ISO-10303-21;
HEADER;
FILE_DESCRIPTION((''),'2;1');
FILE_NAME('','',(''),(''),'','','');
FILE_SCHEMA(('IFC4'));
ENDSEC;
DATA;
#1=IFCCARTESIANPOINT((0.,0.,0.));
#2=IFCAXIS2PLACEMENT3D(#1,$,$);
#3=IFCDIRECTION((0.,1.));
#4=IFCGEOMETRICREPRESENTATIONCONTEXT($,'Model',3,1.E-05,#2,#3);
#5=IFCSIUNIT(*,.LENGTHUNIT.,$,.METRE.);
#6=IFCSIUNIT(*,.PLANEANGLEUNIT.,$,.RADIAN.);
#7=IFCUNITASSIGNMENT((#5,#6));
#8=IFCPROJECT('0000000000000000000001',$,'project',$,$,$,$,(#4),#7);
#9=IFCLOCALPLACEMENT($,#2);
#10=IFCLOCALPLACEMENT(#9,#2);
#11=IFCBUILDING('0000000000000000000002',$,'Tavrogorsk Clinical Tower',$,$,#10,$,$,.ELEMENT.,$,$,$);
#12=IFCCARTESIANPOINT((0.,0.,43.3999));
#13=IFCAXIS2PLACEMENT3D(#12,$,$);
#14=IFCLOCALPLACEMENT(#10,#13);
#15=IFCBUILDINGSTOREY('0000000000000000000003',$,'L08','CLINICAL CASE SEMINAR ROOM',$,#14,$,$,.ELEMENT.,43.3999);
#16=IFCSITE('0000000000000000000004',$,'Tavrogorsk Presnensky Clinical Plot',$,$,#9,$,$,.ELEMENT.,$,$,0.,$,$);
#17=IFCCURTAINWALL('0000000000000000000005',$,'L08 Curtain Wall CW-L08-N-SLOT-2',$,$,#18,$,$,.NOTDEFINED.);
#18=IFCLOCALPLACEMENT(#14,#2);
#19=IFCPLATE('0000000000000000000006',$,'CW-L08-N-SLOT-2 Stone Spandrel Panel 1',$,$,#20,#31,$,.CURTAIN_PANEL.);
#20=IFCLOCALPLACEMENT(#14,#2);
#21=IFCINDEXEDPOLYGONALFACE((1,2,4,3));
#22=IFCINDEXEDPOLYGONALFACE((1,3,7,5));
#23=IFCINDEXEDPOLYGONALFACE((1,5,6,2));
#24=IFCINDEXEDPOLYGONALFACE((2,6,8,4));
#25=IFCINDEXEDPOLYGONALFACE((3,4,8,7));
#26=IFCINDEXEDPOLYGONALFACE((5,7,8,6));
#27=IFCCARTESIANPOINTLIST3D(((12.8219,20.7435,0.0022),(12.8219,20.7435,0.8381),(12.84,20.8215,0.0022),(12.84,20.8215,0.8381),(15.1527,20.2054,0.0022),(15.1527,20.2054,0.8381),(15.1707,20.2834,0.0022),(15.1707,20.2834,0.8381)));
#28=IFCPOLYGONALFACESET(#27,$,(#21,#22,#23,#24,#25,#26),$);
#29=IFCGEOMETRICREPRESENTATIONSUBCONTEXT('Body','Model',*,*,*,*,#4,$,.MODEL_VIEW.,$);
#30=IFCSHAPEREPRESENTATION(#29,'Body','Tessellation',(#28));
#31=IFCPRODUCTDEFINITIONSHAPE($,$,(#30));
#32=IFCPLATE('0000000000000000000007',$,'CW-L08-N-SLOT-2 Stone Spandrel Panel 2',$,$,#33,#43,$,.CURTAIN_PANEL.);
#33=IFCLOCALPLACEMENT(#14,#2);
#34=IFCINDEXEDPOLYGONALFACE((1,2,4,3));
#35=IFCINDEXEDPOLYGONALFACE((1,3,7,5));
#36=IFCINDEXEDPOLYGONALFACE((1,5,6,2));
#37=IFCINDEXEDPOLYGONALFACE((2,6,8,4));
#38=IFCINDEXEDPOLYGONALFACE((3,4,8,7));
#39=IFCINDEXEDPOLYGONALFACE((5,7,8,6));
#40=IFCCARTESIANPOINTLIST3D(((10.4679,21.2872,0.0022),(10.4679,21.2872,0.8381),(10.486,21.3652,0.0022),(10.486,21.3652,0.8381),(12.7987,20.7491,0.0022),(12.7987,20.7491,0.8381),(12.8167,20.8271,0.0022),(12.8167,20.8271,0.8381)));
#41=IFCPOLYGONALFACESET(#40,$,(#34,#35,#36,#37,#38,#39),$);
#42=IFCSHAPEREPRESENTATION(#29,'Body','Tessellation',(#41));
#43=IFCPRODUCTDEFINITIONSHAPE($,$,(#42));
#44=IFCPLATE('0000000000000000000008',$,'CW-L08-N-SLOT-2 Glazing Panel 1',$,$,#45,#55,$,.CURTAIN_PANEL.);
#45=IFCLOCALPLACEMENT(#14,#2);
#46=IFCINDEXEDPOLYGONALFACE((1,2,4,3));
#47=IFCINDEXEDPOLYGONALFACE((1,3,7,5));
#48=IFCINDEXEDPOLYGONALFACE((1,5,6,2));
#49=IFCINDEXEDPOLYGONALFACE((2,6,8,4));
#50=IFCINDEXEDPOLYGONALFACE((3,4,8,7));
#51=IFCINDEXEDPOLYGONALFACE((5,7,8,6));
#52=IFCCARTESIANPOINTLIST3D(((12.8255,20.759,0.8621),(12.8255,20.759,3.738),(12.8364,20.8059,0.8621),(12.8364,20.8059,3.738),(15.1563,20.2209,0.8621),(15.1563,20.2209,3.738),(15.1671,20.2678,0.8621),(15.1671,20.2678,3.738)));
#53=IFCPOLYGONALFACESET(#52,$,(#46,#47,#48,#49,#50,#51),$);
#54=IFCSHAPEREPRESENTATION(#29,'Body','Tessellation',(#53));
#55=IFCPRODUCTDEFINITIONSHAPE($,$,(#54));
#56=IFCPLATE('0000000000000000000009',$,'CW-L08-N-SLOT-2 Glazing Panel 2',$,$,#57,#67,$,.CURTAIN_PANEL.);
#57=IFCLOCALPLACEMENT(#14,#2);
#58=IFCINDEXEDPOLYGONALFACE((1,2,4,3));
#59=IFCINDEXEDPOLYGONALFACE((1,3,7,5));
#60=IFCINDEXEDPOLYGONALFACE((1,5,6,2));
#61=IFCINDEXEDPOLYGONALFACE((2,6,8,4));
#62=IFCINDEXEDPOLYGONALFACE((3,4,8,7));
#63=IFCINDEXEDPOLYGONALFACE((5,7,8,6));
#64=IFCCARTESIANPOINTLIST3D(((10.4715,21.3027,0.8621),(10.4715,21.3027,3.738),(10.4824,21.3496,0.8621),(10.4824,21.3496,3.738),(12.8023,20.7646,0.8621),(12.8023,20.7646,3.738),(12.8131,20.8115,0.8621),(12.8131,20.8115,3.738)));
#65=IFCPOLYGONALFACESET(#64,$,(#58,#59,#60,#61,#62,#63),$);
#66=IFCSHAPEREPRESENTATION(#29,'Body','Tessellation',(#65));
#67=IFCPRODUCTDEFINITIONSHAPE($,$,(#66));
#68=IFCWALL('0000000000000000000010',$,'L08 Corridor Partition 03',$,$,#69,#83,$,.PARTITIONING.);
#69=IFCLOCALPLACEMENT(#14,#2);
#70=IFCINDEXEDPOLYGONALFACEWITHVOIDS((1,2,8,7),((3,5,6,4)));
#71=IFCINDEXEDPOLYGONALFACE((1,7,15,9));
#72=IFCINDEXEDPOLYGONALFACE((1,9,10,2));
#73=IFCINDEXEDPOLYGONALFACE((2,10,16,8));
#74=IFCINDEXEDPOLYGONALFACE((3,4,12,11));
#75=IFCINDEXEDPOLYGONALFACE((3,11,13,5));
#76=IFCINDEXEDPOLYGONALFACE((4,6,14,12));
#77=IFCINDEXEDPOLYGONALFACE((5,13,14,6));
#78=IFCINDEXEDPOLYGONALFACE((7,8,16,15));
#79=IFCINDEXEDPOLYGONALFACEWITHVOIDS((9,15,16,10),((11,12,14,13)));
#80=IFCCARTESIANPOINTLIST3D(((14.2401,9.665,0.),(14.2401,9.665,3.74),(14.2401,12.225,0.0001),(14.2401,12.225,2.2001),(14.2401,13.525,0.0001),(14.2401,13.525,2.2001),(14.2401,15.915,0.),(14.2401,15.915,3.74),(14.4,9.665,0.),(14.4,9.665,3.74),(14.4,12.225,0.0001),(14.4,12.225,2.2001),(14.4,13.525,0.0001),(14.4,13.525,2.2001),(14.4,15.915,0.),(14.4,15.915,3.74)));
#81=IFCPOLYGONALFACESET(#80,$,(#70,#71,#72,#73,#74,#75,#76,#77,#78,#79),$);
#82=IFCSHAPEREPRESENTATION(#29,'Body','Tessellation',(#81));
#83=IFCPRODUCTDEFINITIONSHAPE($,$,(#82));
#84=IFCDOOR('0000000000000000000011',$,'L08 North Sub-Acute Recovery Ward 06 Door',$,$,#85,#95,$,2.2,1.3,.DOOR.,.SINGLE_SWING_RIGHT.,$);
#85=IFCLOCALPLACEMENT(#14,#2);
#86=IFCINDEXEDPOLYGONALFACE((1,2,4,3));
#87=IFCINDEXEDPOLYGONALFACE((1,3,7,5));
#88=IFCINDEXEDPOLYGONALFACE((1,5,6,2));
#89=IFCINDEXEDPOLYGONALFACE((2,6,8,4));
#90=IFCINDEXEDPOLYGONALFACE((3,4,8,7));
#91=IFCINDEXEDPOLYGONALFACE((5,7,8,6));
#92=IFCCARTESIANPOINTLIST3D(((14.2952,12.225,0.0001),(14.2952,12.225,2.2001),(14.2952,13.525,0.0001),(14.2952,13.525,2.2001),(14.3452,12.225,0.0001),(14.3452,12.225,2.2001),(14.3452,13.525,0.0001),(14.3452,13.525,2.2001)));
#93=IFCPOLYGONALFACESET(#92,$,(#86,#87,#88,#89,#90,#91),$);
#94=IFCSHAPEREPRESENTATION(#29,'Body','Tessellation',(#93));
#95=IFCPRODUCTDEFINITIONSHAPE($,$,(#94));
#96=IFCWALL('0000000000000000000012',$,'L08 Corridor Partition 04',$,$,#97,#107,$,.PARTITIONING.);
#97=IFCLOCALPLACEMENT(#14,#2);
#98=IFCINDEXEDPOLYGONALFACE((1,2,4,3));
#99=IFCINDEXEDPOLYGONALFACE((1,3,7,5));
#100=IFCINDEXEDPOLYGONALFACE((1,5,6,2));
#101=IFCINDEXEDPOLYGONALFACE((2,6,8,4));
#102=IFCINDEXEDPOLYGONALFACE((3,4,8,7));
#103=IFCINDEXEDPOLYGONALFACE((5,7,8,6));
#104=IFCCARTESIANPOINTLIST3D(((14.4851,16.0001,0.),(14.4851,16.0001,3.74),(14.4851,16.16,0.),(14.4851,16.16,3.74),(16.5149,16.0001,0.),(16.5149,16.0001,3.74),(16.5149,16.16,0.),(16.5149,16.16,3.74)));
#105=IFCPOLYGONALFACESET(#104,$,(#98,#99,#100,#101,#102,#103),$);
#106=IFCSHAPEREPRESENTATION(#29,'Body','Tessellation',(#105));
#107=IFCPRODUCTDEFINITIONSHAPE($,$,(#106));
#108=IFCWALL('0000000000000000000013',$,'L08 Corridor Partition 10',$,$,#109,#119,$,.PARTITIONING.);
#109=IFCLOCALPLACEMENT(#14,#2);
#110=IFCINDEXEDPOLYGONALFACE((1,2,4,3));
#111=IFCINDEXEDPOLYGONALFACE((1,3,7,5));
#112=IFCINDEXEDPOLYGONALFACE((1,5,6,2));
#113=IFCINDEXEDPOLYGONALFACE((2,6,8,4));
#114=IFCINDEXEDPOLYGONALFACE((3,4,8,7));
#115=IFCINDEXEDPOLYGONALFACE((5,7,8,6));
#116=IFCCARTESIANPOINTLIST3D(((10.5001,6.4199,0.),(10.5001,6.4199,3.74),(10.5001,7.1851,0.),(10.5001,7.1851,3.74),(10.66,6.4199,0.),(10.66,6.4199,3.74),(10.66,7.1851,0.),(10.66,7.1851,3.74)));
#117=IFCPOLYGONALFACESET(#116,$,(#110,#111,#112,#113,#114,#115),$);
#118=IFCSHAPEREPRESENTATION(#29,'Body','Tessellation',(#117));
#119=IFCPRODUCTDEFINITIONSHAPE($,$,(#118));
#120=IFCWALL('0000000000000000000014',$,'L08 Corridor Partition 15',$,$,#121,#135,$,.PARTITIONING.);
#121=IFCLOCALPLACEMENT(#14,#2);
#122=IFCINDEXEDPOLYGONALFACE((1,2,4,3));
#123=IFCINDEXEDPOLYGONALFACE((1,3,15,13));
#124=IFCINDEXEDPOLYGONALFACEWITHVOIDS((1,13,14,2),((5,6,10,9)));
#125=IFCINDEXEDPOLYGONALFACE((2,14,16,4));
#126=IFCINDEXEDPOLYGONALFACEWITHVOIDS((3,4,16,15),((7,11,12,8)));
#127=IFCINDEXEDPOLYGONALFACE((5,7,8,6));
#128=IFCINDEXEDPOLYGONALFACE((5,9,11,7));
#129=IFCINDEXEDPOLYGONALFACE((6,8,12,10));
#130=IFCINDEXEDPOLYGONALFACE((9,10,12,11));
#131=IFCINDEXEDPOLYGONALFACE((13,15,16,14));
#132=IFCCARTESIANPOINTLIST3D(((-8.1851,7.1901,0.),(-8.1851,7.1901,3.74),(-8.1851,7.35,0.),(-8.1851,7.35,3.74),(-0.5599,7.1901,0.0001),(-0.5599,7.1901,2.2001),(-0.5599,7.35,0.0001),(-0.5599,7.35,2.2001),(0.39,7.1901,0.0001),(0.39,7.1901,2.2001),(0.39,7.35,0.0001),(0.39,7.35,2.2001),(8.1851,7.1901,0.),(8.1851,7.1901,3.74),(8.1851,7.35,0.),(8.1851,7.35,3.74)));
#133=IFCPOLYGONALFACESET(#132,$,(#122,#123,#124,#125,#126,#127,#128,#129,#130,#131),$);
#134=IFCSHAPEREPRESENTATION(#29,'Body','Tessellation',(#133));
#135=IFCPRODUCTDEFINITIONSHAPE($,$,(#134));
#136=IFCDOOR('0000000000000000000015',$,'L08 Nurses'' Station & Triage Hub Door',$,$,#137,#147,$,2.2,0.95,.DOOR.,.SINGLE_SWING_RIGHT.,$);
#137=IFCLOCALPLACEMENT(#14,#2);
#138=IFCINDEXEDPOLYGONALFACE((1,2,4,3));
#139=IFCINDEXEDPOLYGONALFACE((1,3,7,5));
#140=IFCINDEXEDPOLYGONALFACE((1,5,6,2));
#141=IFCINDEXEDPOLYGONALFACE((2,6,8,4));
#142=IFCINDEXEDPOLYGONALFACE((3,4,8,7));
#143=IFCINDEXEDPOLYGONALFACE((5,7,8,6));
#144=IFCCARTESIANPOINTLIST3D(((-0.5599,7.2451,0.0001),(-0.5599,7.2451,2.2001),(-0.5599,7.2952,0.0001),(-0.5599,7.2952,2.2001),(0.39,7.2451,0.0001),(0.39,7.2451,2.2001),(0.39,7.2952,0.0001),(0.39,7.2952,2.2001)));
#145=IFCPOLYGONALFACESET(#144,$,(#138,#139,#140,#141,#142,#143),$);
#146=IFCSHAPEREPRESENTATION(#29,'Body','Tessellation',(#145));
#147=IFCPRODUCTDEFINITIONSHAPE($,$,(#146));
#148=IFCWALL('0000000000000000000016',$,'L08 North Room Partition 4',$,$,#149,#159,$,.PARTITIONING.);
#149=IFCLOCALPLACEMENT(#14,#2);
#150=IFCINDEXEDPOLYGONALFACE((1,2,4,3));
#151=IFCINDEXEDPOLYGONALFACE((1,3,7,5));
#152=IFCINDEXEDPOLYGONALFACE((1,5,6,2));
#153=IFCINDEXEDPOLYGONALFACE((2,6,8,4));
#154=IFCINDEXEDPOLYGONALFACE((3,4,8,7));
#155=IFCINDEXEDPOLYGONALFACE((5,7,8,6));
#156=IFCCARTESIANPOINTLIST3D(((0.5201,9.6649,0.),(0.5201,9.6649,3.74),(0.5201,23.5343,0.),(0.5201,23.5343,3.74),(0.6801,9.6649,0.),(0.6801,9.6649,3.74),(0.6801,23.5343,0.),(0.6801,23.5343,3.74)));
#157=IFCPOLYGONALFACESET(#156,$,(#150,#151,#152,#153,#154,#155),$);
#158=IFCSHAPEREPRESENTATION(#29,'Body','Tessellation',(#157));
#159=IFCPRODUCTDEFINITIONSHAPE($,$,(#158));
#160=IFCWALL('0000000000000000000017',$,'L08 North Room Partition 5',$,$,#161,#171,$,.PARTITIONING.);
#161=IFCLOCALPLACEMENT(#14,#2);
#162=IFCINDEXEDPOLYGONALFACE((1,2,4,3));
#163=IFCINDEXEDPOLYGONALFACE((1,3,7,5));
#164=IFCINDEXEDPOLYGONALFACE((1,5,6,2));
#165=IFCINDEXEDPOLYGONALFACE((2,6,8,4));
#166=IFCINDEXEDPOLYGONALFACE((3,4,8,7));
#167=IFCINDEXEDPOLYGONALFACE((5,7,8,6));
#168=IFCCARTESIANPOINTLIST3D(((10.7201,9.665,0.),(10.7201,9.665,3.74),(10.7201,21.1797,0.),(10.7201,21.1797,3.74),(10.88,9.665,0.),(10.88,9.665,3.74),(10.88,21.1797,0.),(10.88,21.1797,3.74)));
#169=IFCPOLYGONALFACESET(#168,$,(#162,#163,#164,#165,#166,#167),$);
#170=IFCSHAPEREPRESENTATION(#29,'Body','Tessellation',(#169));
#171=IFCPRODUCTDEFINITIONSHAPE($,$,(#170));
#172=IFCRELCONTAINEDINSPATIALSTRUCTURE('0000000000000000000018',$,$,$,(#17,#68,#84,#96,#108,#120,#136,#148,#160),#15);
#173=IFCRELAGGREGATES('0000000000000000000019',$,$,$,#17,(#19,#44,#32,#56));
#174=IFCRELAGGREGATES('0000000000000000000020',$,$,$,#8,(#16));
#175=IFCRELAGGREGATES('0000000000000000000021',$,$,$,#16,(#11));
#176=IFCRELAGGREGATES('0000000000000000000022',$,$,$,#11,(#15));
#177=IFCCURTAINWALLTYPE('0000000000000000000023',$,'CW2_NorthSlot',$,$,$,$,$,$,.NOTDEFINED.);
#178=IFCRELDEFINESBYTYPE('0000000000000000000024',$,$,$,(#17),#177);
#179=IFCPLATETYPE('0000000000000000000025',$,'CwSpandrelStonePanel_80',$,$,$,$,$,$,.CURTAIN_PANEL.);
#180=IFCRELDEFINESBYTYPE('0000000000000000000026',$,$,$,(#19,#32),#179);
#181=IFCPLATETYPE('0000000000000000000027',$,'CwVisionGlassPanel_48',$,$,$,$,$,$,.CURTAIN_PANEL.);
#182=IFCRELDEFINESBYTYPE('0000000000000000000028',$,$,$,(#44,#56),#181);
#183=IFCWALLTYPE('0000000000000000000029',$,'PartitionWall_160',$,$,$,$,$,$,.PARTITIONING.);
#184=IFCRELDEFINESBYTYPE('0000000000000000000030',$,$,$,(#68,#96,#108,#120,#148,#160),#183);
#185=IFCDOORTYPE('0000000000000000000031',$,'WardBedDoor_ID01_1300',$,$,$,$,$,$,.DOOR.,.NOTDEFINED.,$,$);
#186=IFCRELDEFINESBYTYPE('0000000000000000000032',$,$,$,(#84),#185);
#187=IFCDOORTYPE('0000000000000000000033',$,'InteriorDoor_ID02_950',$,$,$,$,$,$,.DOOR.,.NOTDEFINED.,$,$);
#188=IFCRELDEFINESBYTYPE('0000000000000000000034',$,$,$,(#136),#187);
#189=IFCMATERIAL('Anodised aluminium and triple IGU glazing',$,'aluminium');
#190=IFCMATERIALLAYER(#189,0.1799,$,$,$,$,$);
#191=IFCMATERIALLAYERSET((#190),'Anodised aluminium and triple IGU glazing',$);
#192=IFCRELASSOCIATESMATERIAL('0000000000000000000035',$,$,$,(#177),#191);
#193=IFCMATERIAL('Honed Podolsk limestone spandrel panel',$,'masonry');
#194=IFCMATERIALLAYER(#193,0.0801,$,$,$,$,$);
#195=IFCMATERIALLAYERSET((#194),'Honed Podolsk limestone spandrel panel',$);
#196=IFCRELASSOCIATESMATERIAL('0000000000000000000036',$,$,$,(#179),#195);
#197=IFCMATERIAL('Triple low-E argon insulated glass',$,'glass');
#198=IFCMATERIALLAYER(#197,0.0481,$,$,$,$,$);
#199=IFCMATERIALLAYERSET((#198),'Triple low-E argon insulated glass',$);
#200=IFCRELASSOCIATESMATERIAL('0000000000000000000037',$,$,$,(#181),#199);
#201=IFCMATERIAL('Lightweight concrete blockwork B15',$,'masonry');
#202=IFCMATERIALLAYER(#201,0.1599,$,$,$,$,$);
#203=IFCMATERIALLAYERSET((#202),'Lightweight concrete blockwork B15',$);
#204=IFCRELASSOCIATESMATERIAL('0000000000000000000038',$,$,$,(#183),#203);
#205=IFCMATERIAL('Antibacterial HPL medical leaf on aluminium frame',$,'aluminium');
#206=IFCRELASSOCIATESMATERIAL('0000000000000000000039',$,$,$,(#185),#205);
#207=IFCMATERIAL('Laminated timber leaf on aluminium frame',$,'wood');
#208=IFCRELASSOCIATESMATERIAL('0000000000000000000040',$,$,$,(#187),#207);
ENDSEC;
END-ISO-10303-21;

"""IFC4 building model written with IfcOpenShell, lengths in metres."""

from ifc_helpers import new_model, si_unit, direction, frame, frame_2d, origin, origin_2d, place, context, subcontext, project, spatial, rectangle, extrude, material, layer, layer_set, type_object, element, fill, aggregate, save


model = new_model("IFC4")

# Units and contexts
model_context = context("Model", 3, precision=1e-05, world=origin(), true_north=direction((0.0, 1.0)))
body_context = subcontext(model_context, "Body", "Model", "MODEL_VIEW")
ifc_project = project(units=[si_unit("LENGTHUNIT", "METRE"), si_unit("PLANEANGLEUNIT", "RADIAN")], contexts=[model_context])

# Site, building, storey
site_placement = place(None, origin())
site = spatial("IfcSite", under=ifc_project, at=site_placement, Name="Tavrogorsk Presnensky Clinical Plot", CompositionType="ELEMENT", RefElevation=0.0)
building_placement = place(site_placement, origin())
building = spatial("IfcBuilding", under=site, at=building_placement, Name="Tavrogorsk Clinical Tower", CompositionType="ELEMENT")
storey_placement = place(building_placement, frame((0.0, 0.0, 43.3999)))
storey = spatial("IfcBuildingStorey", under=building, at=storey_placement, Name="L08", Description="CLINICAL CASE SEMINAR ROOM", CompositionType="ELEMENT", Elevation=43.3999)

# Curtain wall
ifc_material_1 = material(Name="Anodised aluminium and triple IGU glazing", Category="aluminium")
ifc_layer_1 = layer(ifc_material_1, 0.1799)
ifc_layer_set_1 = layer_set([ifc_layer_1], Name="Anodised aluminium and triple IGU glazing")
curtain_wall_type = type_object("IfcCurtainWallType", Name="CW2_NorthSlot", PredefinedType="NOTDEFINED", material=ifc_layer_set_1)
curtain_wall_placement = place(storey_placement, origin())
curtain_wall = element("IfcCurtainWall", 1, at=curtain_wall_placement, inside=storey, type_object=curtain_wall_type, Name="L08 Curtain Wall CW-L08-N-SLOT-2", PredefinedType="NOTDEFINED")

# Plates
ifc_material_2 = material(Name="Honed Podolsk limestone spandrel panel", Category="masonry")
ifc_layer_2 = layer(ifc_material_2, 0.0801)
ifc_layer_set_2 = layer_set([ifc_layer_2], Name="Honed Podolsk limestone spandrel panel")
plate_type_1 = type_object("IfcPlateType", Name="CwSpandrelStonePanel_80", PredefinedType="CURTAIN_PANEL", material=ifc_layer_set_2)
plate_1_placement = place(storey_placement, frame((13.9963, 20.5134, 0.0022), z_axis=(0.0, 0.0, 1.0), x_axis=(-0.97437, 0.224951, 0.0)))
plate_1 = element("IfcPlate", 2, at=plate_1_placement, type_object=plate_type_1, Name="CW-L08-N-SLOT-2 Stone Spandrel Panel 1", PredefinedType="CURTAIN_PANEL", context=body_context, shape_type="SweptSolid", body=[
    extrude(rectangle(XDim=2.3921, YDim=0.0801, at=origin_2d()), origin(), (0.0, 0.0, 1.0), 0.8359),
])
plate_2_placement = place(storey_placement, frame((11.6423, 21.0571, 0.0022), z_axis=(0.0, 0.0, 1.0), x_axis=(-0.97437, 0.224951, 0.0)))
plate_2 = element("IfcPlate", 3, at=plate_2_placement, type_object=plate_type_1, Name="CW-L08-N-SLOT-2 Stone Spandrel Panel 2", PredefinedType="CURTAIN_PANEL", context=body_context, shape_type="SweptSolid", body=[
    extrude(rectangle(XDim=2.3921, YDim=0.0801, at=origin_2d()), origin(), (0.0, 0.0, 1.0), 0.8359),
])
ifc_material_3 = material(Name="Triple low-E argon insulated glass", Category="glass")
ifc_layer_3 = layer(ifc_material_3, 0.0481)
ifc_layer_set_3 = layer_set([ifc_layer_3], Name="Triple low-E argon insulated glass")
plate_type_2 = type_object("IfcPlateType", Name="CwVisionGlassPanel_48", PredefinedType="CURTAIN_PANEL", material=ifc_layer_set_3)
plate_3_placement = place(storey_placement, frame((13.9963, 20.5134, 0.8621), z_axis=(0.0, 0.0, 1.0), x_axis=(-0.97437, 0.224951, 0.0)))
plate_3 = element("IfcPlate", 4, at=plate_3_placement, type_object=plate_type_2, Name="CW-L08-N-SLOT-2 Glazing Panel 1", PredefinedType="CURTAIN_PANEL", context=body_context, shape_type="SweptSolid", body=[
    extrude(rectangle(XDim=2.3921, YDim=0.0481, at=origin_2d()), origin(), (0.0, 0.0, 1.0), 2.876),
])
plate_4_placement = place(storey_placement, frame((11.6423, 21.0571, 0.8621), z_axis=(0.0, 0.0, 1.0), x_axis=(-0.97437, 0.224951, 0.0)))
plate_4 = element("IfcPlate", 5, at=plate_4_placement, type_object=plate_type_2, Name="CW-L08-N-SLOT-2 Glazing Panel 2", PredefinedType="CURTAIN_PANEL", context=body_context, shape_type="SweptSolid", body=[
    extrude(rectangle(XDim=2.3921, YDim=0.0481, at=origin_2d()), origin(), (0.0, 0.0, 1.0), 2.876),
])
aggregate(curtain_wall, [plate_1, plate_3, plate_2, plate_4])

# Wall, opening, door
ifc_material_4 = material(Name="Lightweight concrete blockwork B15", Category="masonry")
ifc_layer_4 = layer(ifc_material_4, 0.1599)
ifc_layer_set_4 = layer_set([ifc_layer_4], Name="Lightweight concrete blockwork B15")
wall_type_1 = type_object("IfcWallType", Name="PartitionWall_160", PredefinedType="PARTITIONING", material=ifc_layer_set_4)
wall_1_placement = place(storey_placement, frame((14.3201, 9.665, 0.0), z_axis=(0.0, 0.0, 1.0), x_axis=(0.0, 1.0, 0.0)))
wall_1 = element("IfcWall", 6, at=wall_1_placement, inside=storey, type_object=wall_type_1, Name="L08 Corridor Partition 03", PredefinedType="PARTITIONING", context=body_context, shape_type="SweptSolid", body=[
    extrude(rectangle(XDim=6.25, YDim=0.1599, at=frame_2d((3.125, 0.0))), origin(), (0.0, 0.0, 1.0), 3.74),
])
opening_1_placement = place(wall_1_placement, frame((2.5601, 0.0, 0.0)))
opening_1 = element("IfcOpeningElement", 7, at=opening_1_placement, cuts=wall_1, PredefinedType="OPENING", context=body_context, shape_type="SweptSolid", body=[
    extrude(rectangle(XDim=1.3, YDim=2.2, at=frame_2d((0.6499, 1.1001))), frame((0.0, 0.0898, 0.0), z_axis=(0.0, -1.0, 0.0), x_axis=(1.0, 0.0, 0.0)), (0.0, 0.0, 1.0), 0.1799),
])
ifc_material_5 = material(Name="Antibacterial HPL medical leaf on aluminium frame", Category="aluminium")
door_type_1 = type_object("IfcDoorType", Name="WardBedDoor_ID01_1300", OperationType="NOTDEFINED", PredefinedType="DOOR", material=ifc_material_5)
door_1_placement = place(opening_1_placement, origin())
door_1 = element("IfcDoor", 8, at=door_1_placement, inside=storey, type_object=door_type_1, Name="L08 North Sub-Acute Recovery Ward 06 Door", OperationType="SINGLE_SWING_RIGHT", OverallHeight=2.2, OverallWidth=1.3, PredefinedType="DOOR", context=body_context, shape_type="SweptSolid", body=[
    extrude(rectangle(XDim=1.3, YDim=2.2, at=frame_2d((0.6499, 1.1001))), frame((0.0, 0.0249, 0.0), z_axis=(0.0, -1.0, 0.0), x_axis=(1.0, 0.0, 0.0)), (0.0, 0.0, 1.0), 0.05),
])
fill(opening_1, door_1)

# Walls
wall_2_placement = place(storey_placement, frame((14.4851, 16.0801, 0.0), z_axis=(0.0, 0.0, 1.0), x_axis=(1.0, 0.0, 0.0)))
element("IfcWall", 9, at=wall_2_placement, inside=storey, type_object=wall_type_1, Name="L08 Corridor Partition 04", PredefinedType="PARTITIONING", context=body_context, shape_type="SweptSolid", body=[
    extrude(rectangle(XDim=2.0298, YDim=0.1599, at=frame_2d((1.0149, 0.0))), origin(), (0.0, 0.0, 1.0), 3.74),
])
wall_3_placement = place(storey_placement, frame((10.5801, 7.1851, 0.0), z_axis=(0.0, 0.0, 1.0), x_axis=(0.0, -1.0, 0.0)))
element("IfcWall", 10, at=wall_3_placement, inside=storey, type_object=wall_type_1, Name="L08 Corridor Partition 10", PredefinedType="PARTITIONING", context=body_context, shape_type="SweptSolid", body=[
    extrude(rectangle(XDim=0.7651, YDim=0.1599, at=frame_2d((0.3826, 0.0))), origin(), (0.0, 0.0, 1.0), 3.74),
])

# Wall, opening, door
wall_4_placement = place(storey_placement, frame((8.1851, 7.27, 0.0), z_axis=(0.0, 0.0, 1.0), x_axis=(-1.0, 0.0, 0.0)))
wall_4 = element("IfcWall", 11, at=wall_4_placement, inside=storey, type_object=wall_type_1, Name="L08 Corridor Partition 15", PredefinedType="PARTITIONING", context=body_context, shape_type="SweptSolid", body=[
    extrude(rectangle(XDim=16.3701, YDim=0.1599, at=frame_2d((8.1851, 0.0))), origin(), (0.0, 0.0, 1.0), 3.74),
])
opening_2_placement = place(wall_4_placement, frame((7.7949, 0.0, 0.0)))
opening_2 = element("IfcOpeningElement", 12, at=opening_2_placement, cuts=wall_4, PredefinedType="OPENING", context=body_context, shape_type="SweptSolid", body=[
    extrude(rectangle(XDim=0.95, YDim=2.2, at=frame_2d((0.4751, 1.1001))), frame((0.0, 0.0898, 0.0), z_axis=(0.0, -1.0, 0.0), x_axis=(1.0, 0.0, 0.0)), (0.0, 0.0, 1.0), 0.1799),
])
ifc_material_6 = material(Name="Laminated timber leaf on aluminium frame", Category="wood")
door_type_2 = type_object("IfcDoorType", Name="InteriorDoor_ID02_950", OperationType="NOTDEFINED", PredefinedType="DOOR", material=ifc_material_6)
door_2_placement = place(opening_2_placement, origin())
door_2 = element("IfcDoor", 13, at=door_2_placement, inside=storey, type_object=door_type_2, Name="L08 Nurses' Station & Triage Hub Door", OperationType="SINGLE_SWING_RIGHT", OverallHeight=2.2, OverallWidth=0.95, PredefinedType="DOOR", context=body_context, shape_type="SweptSolid", body=[
    extrude(rectangle(XDim=0.95, YDim=2.2, at=frame_2d((0.4751, 1.1001))), frame((0.0, 0.0249, 0.0), z_axis=(0.0, -1.0, 0.0), x_axis=(1.0, 0.0, 0.0)), (0.0, 0.0, 1.0), 0.05),
])
fill(opening_2, door_2)

# Walls
wall_5_placement = place(storey_placement, frame((0.6001, 9.665, 0.0), z_axis=(0.0, 0.0, 1.0), x_axis=(0.0, 1.0, 0.0)))
element("IfcWall", 14, at=wall_5_placement, inside=storey, type_object=wall_type_1, Name="L08 North Room Partition 4", PredefinedType="PARTITIONING", context=body_context, shape_type="SweptSolid", body=[
    extrude(rectangle(XDim=13.8694, YDim=0.1599, at=frame_2d((6.9346, 0.0))), origin(), (0.0, 0.0, 1.0), 3.74),
])
wall_6_placement = place(storey_placement, frame((10.8, 9.665, 0.0), z_axis=(0.0, 0.0, 1.0), x_axis=(0.0, 1.0, 0.0)))
element("IfcWall", 15, at=wall_6_placement, inside=storey, type_object=wall_type_1, Name="L08 North Room Partition 5", PredefinedType="PARTITIONING", context=body_context, shape_type="SweptSolid", body=[
    extrude(rectangle(XDim=11.5146, YDim=0.1599, at=frame_2d((5.7573, 0.0))), origin(), (0.0, 0.0, 1.0), 3.74),
])

save(model, "model.ifc")
